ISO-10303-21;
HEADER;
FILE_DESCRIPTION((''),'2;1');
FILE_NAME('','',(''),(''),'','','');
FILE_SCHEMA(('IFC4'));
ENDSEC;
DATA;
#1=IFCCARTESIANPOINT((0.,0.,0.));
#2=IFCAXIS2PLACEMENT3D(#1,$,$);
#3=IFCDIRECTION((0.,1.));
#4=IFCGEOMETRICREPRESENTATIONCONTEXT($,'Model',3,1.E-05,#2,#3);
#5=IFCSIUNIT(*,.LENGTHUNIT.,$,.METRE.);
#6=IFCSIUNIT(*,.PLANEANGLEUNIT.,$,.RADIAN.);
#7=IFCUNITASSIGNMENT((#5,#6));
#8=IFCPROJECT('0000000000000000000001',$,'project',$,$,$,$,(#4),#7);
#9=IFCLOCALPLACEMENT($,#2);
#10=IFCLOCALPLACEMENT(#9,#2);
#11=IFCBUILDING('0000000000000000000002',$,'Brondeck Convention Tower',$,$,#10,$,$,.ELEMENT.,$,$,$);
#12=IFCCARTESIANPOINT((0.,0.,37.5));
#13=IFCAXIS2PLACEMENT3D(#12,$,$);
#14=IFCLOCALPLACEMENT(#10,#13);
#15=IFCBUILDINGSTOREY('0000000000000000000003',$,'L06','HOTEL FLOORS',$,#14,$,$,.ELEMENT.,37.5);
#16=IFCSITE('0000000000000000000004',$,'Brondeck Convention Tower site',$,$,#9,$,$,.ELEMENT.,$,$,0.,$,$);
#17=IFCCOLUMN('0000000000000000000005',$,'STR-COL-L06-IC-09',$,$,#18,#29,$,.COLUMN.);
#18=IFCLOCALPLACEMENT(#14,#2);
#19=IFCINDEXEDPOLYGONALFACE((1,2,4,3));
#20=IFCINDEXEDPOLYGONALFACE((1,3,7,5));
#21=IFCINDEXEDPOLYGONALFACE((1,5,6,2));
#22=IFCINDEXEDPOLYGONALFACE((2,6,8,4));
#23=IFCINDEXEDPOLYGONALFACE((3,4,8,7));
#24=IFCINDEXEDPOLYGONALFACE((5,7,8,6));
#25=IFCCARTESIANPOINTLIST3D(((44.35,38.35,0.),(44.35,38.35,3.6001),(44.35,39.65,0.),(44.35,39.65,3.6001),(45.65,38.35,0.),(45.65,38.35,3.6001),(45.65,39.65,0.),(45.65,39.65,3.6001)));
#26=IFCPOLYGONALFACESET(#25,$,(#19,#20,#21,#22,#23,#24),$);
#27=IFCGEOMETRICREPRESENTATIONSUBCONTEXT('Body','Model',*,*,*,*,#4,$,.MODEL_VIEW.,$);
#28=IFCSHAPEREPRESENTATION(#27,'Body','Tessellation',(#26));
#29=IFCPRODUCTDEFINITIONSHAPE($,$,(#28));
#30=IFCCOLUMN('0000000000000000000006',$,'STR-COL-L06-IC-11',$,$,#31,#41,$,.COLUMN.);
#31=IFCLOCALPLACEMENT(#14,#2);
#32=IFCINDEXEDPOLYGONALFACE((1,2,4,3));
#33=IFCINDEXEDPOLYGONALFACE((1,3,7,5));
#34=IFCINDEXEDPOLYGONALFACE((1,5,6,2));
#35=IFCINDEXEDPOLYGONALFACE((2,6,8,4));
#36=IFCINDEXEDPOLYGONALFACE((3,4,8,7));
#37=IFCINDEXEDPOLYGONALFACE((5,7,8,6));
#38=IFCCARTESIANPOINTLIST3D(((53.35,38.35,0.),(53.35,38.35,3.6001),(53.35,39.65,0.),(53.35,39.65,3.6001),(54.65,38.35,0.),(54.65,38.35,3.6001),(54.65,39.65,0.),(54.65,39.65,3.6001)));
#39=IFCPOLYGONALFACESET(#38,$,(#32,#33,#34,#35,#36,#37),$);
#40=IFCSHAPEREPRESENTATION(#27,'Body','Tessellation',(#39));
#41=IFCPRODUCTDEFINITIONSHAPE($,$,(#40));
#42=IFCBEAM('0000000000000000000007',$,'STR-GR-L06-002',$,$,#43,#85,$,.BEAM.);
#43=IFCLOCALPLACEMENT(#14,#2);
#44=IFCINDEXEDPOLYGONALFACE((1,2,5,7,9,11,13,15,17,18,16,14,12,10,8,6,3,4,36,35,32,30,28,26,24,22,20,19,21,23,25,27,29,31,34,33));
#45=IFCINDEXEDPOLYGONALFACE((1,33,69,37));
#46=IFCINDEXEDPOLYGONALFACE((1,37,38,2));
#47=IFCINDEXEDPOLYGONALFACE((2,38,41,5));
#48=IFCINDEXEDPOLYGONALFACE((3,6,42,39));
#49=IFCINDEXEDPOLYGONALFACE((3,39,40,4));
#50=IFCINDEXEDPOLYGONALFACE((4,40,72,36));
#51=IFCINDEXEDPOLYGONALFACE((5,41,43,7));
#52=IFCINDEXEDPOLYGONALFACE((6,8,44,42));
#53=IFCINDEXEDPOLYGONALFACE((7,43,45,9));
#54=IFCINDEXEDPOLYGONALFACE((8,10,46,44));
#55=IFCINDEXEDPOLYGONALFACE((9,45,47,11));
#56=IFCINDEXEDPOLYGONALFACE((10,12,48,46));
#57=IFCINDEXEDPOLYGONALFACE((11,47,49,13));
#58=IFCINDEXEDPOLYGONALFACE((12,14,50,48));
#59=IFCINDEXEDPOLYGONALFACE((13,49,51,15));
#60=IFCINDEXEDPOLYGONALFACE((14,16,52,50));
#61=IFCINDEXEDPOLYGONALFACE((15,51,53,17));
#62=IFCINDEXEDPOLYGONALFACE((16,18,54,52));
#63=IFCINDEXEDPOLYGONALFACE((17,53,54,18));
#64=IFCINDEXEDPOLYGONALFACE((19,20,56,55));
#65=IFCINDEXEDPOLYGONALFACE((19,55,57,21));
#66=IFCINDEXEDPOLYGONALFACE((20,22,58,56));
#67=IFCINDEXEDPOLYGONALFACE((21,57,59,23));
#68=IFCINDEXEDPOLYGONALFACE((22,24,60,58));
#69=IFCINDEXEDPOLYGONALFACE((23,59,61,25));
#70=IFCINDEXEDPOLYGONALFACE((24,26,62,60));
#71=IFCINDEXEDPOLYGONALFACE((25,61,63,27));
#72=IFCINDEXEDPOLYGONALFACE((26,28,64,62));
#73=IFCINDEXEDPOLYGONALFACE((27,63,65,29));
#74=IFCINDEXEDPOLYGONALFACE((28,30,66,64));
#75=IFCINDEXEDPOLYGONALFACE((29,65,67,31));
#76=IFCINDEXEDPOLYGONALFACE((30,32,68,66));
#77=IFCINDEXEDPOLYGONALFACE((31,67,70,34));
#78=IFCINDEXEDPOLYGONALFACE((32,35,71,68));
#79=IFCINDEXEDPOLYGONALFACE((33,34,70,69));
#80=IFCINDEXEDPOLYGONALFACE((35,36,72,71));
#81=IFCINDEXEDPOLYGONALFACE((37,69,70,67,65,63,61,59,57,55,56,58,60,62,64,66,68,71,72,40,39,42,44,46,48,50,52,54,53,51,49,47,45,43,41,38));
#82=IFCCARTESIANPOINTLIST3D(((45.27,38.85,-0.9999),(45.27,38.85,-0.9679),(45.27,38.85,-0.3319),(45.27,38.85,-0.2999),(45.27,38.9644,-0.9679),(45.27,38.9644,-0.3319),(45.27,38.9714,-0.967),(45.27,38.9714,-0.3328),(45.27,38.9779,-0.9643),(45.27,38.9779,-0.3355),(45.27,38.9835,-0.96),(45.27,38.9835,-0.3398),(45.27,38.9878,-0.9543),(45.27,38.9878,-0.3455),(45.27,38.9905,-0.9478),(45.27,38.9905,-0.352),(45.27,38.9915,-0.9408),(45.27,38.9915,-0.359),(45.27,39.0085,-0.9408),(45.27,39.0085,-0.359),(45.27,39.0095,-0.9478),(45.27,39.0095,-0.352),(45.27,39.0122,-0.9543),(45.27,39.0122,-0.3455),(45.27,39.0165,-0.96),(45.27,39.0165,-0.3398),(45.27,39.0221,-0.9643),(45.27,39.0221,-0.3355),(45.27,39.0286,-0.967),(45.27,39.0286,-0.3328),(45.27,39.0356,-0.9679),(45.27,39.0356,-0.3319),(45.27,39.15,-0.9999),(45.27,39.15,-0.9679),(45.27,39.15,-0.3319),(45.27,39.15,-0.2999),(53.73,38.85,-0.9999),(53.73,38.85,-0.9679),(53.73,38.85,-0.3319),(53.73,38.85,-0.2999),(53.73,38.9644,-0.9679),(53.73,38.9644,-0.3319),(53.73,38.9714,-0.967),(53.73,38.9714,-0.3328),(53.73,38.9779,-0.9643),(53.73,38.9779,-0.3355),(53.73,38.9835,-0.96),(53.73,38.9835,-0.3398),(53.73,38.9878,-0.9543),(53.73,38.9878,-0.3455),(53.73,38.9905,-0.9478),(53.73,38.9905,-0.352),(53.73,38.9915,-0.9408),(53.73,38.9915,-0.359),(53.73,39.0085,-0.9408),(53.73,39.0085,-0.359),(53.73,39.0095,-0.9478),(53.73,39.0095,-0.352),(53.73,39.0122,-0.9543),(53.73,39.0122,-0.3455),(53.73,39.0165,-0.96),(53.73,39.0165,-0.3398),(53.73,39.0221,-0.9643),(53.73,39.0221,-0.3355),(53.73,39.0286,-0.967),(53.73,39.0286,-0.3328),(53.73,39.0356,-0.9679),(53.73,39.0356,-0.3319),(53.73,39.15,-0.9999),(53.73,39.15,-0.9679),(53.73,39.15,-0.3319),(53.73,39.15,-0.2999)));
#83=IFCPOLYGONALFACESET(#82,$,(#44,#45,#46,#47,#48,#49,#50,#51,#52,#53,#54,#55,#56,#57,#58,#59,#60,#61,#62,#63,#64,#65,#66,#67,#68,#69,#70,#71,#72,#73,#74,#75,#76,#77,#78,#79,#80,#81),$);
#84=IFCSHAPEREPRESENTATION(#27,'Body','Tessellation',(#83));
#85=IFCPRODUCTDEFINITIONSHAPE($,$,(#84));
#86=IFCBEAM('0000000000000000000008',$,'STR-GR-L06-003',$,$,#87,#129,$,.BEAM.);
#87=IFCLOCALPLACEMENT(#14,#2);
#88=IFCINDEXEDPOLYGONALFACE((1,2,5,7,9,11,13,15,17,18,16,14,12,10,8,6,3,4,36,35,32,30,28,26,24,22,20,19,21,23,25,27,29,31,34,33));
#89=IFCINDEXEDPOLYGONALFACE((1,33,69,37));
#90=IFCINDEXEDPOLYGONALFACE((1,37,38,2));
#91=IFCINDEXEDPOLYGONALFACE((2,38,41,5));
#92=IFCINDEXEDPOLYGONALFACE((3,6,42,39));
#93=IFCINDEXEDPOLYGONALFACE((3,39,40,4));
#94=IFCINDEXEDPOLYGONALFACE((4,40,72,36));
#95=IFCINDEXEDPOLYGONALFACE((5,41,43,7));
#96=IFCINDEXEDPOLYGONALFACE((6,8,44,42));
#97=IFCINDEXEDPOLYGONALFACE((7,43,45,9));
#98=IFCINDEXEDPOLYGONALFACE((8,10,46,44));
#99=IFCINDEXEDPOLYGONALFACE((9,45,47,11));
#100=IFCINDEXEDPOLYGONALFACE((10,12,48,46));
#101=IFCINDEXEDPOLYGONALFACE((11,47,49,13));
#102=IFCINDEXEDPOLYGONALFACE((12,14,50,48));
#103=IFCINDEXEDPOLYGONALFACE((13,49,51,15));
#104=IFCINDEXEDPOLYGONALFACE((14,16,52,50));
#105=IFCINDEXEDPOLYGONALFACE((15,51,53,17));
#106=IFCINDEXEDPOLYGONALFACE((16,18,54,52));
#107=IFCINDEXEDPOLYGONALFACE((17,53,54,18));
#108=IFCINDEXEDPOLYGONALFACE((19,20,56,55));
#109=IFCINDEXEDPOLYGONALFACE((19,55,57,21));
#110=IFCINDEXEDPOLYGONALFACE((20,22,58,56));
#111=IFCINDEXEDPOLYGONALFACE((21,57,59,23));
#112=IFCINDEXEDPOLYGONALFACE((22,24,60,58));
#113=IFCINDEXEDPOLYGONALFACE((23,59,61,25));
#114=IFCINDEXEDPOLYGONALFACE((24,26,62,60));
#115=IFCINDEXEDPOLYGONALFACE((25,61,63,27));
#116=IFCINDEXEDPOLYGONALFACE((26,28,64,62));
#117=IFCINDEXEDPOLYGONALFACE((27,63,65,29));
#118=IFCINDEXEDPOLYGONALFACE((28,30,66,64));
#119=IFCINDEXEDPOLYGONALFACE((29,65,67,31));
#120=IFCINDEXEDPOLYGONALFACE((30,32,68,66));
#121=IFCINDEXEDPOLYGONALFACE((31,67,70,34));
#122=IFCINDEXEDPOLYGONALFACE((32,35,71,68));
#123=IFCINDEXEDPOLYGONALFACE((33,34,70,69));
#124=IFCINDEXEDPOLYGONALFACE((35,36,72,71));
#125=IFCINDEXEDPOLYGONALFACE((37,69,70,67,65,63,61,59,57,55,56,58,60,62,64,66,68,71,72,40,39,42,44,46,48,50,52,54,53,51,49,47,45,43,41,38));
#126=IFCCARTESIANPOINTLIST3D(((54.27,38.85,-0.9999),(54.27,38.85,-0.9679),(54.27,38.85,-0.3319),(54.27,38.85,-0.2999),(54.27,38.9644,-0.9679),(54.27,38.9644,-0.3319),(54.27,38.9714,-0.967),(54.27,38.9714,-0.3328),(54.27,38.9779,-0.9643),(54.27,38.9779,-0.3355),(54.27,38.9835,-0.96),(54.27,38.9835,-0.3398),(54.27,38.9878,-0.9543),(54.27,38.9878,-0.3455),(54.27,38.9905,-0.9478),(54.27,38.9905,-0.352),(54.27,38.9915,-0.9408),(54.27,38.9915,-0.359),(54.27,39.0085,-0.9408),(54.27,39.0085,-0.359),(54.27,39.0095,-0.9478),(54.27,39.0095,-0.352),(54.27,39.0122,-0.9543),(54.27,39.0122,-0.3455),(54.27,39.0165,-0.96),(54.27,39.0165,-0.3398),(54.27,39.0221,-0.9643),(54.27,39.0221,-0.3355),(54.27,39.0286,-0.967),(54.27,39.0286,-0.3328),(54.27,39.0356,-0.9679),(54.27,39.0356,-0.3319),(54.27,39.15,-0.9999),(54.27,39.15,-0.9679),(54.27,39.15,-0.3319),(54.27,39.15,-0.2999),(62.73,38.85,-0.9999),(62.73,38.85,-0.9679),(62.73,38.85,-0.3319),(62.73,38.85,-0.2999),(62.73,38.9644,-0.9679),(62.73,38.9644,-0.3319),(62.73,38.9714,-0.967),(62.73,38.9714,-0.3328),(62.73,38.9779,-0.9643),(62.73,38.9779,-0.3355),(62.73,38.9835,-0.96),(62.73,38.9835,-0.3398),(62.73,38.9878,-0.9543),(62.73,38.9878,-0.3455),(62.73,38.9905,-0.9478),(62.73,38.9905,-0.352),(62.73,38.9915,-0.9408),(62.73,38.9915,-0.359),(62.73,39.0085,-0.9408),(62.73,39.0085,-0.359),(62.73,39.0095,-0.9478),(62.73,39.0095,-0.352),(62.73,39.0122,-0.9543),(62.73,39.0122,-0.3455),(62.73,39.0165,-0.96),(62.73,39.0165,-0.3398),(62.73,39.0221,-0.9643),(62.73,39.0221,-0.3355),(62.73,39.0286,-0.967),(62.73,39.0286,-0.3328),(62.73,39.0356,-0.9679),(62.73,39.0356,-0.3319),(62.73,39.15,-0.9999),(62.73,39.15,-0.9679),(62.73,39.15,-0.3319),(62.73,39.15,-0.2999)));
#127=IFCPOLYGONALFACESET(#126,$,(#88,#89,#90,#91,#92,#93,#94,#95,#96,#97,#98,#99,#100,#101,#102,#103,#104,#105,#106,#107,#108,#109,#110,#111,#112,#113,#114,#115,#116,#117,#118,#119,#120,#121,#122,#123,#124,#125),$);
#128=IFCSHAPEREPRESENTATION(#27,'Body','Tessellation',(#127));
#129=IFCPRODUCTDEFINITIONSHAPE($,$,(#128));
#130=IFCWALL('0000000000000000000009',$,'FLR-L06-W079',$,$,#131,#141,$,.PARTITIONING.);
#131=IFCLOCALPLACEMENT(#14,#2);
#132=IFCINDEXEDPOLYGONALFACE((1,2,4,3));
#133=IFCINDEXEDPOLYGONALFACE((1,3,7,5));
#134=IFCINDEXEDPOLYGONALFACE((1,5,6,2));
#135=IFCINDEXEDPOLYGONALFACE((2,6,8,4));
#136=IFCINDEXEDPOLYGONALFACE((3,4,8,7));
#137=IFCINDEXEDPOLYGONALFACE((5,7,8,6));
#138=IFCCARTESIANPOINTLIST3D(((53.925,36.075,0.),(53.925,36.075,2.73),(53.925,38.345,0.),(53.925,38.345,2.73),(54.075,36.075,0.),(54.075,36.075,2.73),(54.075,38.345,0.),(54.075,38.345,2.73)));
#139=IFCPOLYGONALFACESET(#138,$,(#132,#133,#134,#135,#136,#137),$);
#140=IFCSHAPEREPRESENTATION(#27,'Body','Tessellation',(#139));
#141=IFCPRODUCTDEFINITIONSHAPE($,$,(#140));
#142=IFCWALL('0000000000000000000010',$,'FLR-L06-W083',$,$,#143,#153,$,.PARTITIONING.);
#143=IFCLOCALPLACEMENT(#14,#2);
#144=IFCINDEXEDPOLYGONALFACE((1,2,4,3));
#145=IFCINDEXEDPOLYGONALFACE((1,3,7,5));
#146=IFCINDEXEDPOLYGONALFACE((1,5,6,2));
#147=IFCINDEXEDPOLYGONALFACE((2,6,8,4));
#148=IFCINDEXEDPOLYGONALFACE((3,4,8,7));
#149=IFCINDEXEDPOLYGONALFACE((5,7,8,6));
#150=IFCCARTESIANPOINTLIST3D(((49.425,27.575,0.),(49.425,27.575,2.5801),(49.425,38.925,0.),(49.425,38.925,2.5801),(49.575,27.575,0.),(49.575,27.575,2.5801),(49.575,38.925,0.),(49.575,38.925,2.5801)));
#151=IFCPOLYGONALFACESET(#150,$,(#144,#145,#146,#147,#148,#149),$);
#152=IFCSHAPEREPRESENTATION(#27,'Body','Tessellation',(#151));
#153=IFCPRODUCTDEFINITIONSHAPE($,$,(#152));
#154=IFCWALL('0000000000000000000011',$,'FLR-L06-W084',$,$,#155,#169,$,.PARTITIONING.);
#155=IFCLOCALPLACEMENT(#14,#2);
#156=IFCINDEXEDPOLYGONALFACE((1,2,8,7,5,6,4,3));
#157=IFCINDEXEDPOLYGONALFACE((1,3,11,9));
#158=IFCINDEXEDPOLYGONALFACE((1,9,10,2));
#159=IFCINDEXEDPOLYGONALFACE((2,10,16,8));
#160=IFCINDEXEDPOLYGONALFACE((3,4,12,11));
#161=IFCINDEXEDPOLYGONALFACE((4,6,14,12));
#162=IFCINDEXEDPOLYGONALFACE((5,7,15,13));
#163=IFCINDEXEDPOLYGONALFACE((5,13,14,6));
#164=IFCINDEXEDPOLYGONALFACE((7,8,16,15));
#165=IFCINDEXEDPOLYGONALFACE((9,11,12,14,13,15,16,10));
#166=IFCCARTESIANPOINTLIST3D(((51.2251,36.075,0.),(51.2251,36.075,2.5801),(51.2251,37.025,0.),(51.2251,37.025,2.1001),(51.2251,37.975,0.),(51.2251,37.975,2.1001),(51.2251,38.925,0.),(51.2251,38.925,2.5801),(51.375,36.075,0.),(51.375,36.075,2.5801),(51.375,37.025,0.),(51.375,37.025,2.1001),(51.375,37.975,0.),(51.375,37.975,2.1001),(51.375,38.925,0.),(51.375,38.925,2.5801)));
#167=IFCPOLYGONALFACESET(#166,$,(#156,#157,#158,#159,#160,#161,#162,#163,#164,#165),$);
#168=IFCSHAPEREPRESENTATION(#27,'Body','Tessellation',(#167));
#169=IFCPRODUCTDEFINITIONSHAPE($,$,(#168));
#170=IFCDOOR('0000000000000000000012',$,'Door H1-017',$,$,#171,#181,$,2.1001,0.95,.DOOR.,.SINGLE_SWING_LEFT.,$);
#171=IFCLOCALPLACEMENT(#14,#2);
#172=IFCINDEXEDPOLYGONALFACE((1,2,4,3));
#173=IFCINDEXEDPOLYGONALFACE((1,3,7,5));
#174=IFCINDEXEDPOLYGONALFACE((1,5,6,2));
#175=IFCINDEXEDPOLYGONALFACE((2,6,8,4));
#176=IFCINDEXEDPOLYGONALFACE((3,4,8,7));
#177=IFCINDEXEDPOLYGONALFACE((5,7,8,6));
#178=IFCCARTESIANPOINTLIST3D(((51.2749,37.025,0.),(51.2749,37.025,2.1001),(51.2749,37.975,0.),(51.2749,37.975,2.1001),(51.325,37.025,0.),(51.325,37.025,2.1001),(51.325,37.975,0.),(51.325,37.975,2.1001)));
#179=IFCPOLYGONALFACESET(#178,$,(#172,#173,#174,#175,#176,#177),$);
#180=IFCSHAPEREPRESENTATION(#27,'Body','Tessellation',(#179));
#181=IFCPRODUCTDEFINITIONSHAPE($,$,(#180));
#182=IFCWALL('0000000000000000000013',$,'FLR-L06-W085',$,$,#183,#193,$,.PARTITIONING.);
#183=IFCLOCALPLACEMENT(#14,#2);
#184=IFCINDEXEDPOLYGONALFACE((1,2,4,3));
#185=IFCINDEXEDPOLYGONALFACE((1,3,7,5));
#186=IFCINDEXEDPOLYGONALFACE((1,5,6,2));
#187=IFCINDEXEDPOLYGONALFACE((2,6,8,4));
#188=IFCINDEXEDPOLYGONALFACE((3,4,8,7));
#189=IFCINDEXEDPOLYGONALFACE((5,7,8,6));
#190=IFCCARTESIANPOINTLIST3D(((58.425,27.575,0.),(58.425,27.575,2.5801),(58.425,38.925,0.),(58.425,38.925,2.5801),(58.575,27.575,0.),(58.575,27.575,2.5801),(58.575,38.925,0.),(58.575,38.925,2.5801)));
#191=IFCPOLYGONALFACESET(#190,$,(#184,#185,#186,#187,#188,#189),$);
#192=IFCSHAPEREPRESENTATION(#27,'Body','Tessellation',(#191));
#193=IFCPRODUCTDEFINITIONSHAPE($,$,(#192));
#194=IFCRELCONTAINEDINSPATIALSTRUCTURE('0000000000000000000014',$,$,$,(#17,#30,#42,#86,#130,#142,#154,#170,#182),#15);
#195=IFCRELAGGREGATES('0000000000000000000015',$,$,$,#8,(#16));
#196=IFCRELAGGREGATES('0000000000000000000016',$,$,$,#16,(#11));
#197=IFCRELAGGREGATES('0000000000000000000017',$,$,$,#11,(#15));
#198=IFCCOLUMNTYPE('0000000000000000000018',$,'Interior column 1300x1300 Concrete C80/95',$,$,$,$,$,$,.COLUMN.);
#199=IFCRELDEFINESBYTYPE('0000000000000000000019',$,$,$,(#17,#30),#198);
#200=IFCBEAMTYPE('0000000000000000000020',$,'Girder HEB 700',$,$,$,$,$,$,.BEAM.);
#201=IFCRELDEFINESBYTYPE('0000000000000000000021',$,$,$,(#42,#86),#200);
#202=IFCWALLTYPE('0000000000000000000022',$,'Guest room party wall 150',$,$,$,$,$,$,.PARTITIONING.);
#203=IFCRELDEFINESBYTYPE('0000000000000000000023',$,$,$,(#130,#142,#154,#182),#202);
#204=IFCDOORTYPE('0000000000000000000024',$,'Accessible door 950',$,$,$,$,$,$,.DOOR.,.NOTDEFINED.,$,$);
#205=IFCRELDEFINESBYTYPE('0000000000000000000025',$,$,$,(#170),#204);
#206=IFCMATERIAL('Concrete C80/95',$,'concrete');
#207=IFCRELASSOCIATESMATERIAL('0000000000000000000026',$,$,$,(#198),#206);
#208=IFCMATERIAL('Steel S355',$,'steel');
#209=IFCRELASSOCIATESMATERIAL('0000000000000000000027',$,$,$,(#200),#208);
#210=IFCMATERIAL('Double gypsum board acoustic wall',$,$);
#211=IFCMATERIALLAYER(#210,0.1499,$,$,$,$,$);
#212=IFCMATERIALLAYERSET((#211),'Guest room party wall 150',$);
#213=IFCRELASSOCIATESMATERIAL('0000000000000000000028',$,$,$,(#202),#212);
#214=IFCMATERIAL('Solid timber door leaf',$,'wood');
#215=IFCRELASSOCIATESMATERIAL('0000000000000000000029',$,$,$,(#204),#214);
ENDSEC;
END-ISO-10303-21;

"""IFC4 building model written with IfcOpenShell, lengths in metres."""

from ifc_helpers import new_model, si_unit, direction, frame, frame_2d, origin, origin_2d, place, context, subcontext, project, spatial, rectangle, i_section, extrude, material, layer, layer_set, material_profile, profile_set, type_object, element, fill, save


model = new_model("IFC4")

# Units and contexts
model_context = context("Model", 3, precision=1e-05, world=origin(), true_north=direction((0.0, 1.0)))
body_context = subcontext(model_context, "Body", "Model", "MODEL_VIEW")
ifc_project = project(units=[si_unit("LENGTHUNIT", "METRE"), si_unit("PLANEANGLEUNIT", "RADIAN")], contexts=[model_context])

# Site, building, storey
site_placement = place(None, origin())
site = spatial("IfcSite", under=ifc_project, at=site_placement, Name="Brondeck Convention Tower site", CompositionType="ELEMENT", RefElevation=0.0)
building_placement = place(site_placement, origin())
building = spatial("IfcBuilding", under=site, at=building_placement, Name="Brondeck Convention Tower", CompositionType="ELEMENT")
storey_placement = place(building_placement, frame((0.0, 0.0, 37.5)))
storey = spatial("IfcBuildingStorey", under=building, at=storey_placement, Name="L06", Description="HOTEL FLOORS", CompositionType="ELEMENT", Elevation=37.5)

# Columns
ifc_material_1 = material(Name="Concrete C80/95", Category="concrete")
ifc_material_profile_1 = material_profile(ifc_material_1, rectangle(XDim=1.3, YDim=1.3, at=origin_2d()), Name="Interior column 1300x1300 Concrete C80/95")
ifc_profile_set_1 = profile_set([ifc_material_profile_1], Name="Concrete C80/95")
column_type = type_object("IfcColumnType", Name="Interior column 1300x1300 Concrete C80/95", PredefinedType="COLUMN", material=ifc_profile_set_1)
for number, where, z_axis, x_axis, name in (
    (1, (45.0, 39.0, 0.0), (0.0, 0.0, 1.0), (1.0, 0.0, 0.0), "STR-COL-L06-IC-09"),
    (2, (54.0, 39.0, 0.0), (0.0, 0.0, 1.0), (1.0, 0.0, 0.0), "STR-COL-L06-IC-11"),
):
    element("IfcColumn", number, at=place(storey_placement, frame(where, z_axis=z_axis, x_axis=x_axis)), inside=storey, type_object=column_type, Name=name, PredefinedType="COLUMN", context=body_context, shape_type="SweptSolid", body=[
        extrude(rectangle(XDim=1.3, YDim=1.3, at=origin_2d()), origin(), (0.0, 0.0, 1.0), 3.6001),
    ])

# Beams
ifc_material_2 = material(Name="Steel S355", Category="steel")
ifc_material_profile_2 = material_profile(ifc_material_2, i_section(OverallWidth=0.3, OverallDepth=0.7, WebThickness=0.0171, FlangeThickness=0.032, FilletRadius=0.0271, at=origin_2d()), Name="HEB 700")
ifc_profile_set_2 = profile_set([ifc_material_profile_2], Name="Steel S355")
beam_type = type_object("IfcBeamType", Name="Girder HEB 700", PredefinedType="BEAM", material=ifc_profile_set_2)
for number, where, z_axis, x_axis, name in (
    (3, (45.27, 39.0, -0.6499), (1.0, 0.0, 0.0), (0.0, 1.0, 0.0), "STR-GR-L06-002"),
    (4, (54.27, 39.0, -0.6499), (1.0, 0.0, 0.0), (0.0, 1.0, 0.0), "STR-GR-L06-003"),
):
    element("IfcBeam", number, at=place(storey_placement, frame(where, z_axis=z_axis, x_axis=x_axis)), inside=storey, type_object=beam_type, Name=name, PredefinedType="BEAM", context=body_context, shape_type="SweptSolid", body=[
        extrude(i_section(OverallWidth=0.3, OverallDepth=0.7, WebThickness=0.0171, FlangeThickness=0.032, FilletRadius=0.0271, at=origin_2d()), origin(), (0.0, 0.0, 1.0), 8.46),
    ])

# Walls
ifc_material_3 = material(Name="Double gypsum board acoustic wall")
ifc_layer_1 = layer(ifc_material_3, 0.1499)
ifc_layer_set_1 = layer_set([ifc_layer_1], Name="Guest room party wall 150")
wall_type_1 = type_object("IfcWallType", Name="Guest room party wall 150", PredefinedType="PARTITIONING", material=ifc_layer_set_1)
wall_1_placement = place(storey_placement, frame((54.0, 38.345, 0.0), z_axis=(0.0, 0.0, 1.0), x_axis=(0.0, -1.0, 0.0)))
element("IfcWall", 5, at=wall_1_placement, inside=storey, type_object=wall_type_1, Name="FLR-L06-W079", PredefinedType="PARTITIONING", context=body_context, shape_type="SweptSolid", body=[
    extrude(rectangle(XDim=2.27, YDim=0.1499, at=frame_2d((1.135, 0.0))), origin(), (0.0, 0.0, 1.0), 2.73),
])
wall_2_placement = place(storey_placement, frame((49.5, 38.925, 0.0), z_axis=(0.0, 0.0, 1.0), x_axis=(0.0, -1.0, 0.0)))
element("IfcWall", 6, at=wall_2_placement, inside=storey, type_object=wall_type_1, Name="FLR-L06-W083", PredefinedType="PARTITIONING", context=body_context, shape_type="SweptSolid", body=[
    extrude(rectangle(XDim=11.3501, YDim=0.1499, at=frame_2d((5.675, 0.0))), origin(), (0.0, 0.0, 1.0), 2.5801),
])

# Wall, opening, door
wall_3_placement = place(storey_placement, frame((51.3, 38.925, 0.0), z_axis=(0.0, 0.0, 1.0), x_axis=(0.0, -1.0, 0.0)))
wall_3 = element("IfcWall", 7, at=wall_3_placement, inside=storey, type_object=wall_type_1, Name="FLR-L06-W084", PredefinedType="PARTITIONING", context=body_context, shape_type="SweptSolid", body=[
    extrude(rectangle(XDim=2.8501, YDim=0.1499, at=frame_2d((1.425, 0.0))), origin(), (0.0, 0.0, 1.0), 2.5801),
])
opening_1_placement = place(wall_3_placement, frame((0.95, 0.0, 0.0)))
opening_1 = element("IfcOpeningElement", 8, at=opening_1_placement, cuts=wall_3, PredefinedType="OPENING", context=body_context, shape_type="SweptSolid", body=[
    extrude(rectangle(XDim=0.95, YDim=2.1001, at=frame_2d((0.4751, 1.05))), frame((0.0, 0.085, 0.0), z_axis=(0.0, -1.0, 0.0), x_axis=(1.0, 0.0, 0.0)), (0.0, 0.0, 1.0), 0.1699),
])
ifc_material_4 = material(Name="Solid timber door leaf", Category="wood")
door_type_1 = type_object("IfcDoorType", Name="Accessible door 950", OperationType="NOTDEFINED", PredefinedType="DOOR", material=ifc_material_4)
door_1_placement = place(opening_1_placement, origin())
door_1 = element("IfcDoor", 9, at=door_1_placement, inside=storey, type_object=door_type_1, Name="Door H1-017", OperationType="SINGLE_SWING_LEFT", OverallHeight=2.1001, OverallWidth=0.95, PredefinedType="DOOR", context=body_context, shape_type="SweptSolid", body=[
    extrude(rectangle(XDim=0.95, YDim=2.1001, at=frame_2d((0.4751, 1.05))), frame((0.0, 0.0249, 0.0), z_axis=(0.0, -1.0, 0.0), x_axis=(1.0, 0.0, 0.0)), (0.0, 0.0, 1.0), 0.05),
])
fill(opening_1, door_1)

# Wall
wall_4_placement = place(storey_placement, frame((58.5, 38.925, 0.0), z_axis=(0.0, 0.0, 1.0), x_axis=(0.0, -1.0, 0.0)))
element("IfcWall", 10, at=wall_4_placement, inside=storey, type_object=wall_type_1, Name="FLR-L06-W085", PredefinedType="PARTITIONING", context=body_context, shape_type="SweptSolid", body=[
    extrude(rectangle(XDim=11.3501, YDim=0.1499, at=frame_2d((5.675, 0.0))), origin(), (0.0, 0.0, 1.0), 2.5801),
])

save(model, "model.ifc")
